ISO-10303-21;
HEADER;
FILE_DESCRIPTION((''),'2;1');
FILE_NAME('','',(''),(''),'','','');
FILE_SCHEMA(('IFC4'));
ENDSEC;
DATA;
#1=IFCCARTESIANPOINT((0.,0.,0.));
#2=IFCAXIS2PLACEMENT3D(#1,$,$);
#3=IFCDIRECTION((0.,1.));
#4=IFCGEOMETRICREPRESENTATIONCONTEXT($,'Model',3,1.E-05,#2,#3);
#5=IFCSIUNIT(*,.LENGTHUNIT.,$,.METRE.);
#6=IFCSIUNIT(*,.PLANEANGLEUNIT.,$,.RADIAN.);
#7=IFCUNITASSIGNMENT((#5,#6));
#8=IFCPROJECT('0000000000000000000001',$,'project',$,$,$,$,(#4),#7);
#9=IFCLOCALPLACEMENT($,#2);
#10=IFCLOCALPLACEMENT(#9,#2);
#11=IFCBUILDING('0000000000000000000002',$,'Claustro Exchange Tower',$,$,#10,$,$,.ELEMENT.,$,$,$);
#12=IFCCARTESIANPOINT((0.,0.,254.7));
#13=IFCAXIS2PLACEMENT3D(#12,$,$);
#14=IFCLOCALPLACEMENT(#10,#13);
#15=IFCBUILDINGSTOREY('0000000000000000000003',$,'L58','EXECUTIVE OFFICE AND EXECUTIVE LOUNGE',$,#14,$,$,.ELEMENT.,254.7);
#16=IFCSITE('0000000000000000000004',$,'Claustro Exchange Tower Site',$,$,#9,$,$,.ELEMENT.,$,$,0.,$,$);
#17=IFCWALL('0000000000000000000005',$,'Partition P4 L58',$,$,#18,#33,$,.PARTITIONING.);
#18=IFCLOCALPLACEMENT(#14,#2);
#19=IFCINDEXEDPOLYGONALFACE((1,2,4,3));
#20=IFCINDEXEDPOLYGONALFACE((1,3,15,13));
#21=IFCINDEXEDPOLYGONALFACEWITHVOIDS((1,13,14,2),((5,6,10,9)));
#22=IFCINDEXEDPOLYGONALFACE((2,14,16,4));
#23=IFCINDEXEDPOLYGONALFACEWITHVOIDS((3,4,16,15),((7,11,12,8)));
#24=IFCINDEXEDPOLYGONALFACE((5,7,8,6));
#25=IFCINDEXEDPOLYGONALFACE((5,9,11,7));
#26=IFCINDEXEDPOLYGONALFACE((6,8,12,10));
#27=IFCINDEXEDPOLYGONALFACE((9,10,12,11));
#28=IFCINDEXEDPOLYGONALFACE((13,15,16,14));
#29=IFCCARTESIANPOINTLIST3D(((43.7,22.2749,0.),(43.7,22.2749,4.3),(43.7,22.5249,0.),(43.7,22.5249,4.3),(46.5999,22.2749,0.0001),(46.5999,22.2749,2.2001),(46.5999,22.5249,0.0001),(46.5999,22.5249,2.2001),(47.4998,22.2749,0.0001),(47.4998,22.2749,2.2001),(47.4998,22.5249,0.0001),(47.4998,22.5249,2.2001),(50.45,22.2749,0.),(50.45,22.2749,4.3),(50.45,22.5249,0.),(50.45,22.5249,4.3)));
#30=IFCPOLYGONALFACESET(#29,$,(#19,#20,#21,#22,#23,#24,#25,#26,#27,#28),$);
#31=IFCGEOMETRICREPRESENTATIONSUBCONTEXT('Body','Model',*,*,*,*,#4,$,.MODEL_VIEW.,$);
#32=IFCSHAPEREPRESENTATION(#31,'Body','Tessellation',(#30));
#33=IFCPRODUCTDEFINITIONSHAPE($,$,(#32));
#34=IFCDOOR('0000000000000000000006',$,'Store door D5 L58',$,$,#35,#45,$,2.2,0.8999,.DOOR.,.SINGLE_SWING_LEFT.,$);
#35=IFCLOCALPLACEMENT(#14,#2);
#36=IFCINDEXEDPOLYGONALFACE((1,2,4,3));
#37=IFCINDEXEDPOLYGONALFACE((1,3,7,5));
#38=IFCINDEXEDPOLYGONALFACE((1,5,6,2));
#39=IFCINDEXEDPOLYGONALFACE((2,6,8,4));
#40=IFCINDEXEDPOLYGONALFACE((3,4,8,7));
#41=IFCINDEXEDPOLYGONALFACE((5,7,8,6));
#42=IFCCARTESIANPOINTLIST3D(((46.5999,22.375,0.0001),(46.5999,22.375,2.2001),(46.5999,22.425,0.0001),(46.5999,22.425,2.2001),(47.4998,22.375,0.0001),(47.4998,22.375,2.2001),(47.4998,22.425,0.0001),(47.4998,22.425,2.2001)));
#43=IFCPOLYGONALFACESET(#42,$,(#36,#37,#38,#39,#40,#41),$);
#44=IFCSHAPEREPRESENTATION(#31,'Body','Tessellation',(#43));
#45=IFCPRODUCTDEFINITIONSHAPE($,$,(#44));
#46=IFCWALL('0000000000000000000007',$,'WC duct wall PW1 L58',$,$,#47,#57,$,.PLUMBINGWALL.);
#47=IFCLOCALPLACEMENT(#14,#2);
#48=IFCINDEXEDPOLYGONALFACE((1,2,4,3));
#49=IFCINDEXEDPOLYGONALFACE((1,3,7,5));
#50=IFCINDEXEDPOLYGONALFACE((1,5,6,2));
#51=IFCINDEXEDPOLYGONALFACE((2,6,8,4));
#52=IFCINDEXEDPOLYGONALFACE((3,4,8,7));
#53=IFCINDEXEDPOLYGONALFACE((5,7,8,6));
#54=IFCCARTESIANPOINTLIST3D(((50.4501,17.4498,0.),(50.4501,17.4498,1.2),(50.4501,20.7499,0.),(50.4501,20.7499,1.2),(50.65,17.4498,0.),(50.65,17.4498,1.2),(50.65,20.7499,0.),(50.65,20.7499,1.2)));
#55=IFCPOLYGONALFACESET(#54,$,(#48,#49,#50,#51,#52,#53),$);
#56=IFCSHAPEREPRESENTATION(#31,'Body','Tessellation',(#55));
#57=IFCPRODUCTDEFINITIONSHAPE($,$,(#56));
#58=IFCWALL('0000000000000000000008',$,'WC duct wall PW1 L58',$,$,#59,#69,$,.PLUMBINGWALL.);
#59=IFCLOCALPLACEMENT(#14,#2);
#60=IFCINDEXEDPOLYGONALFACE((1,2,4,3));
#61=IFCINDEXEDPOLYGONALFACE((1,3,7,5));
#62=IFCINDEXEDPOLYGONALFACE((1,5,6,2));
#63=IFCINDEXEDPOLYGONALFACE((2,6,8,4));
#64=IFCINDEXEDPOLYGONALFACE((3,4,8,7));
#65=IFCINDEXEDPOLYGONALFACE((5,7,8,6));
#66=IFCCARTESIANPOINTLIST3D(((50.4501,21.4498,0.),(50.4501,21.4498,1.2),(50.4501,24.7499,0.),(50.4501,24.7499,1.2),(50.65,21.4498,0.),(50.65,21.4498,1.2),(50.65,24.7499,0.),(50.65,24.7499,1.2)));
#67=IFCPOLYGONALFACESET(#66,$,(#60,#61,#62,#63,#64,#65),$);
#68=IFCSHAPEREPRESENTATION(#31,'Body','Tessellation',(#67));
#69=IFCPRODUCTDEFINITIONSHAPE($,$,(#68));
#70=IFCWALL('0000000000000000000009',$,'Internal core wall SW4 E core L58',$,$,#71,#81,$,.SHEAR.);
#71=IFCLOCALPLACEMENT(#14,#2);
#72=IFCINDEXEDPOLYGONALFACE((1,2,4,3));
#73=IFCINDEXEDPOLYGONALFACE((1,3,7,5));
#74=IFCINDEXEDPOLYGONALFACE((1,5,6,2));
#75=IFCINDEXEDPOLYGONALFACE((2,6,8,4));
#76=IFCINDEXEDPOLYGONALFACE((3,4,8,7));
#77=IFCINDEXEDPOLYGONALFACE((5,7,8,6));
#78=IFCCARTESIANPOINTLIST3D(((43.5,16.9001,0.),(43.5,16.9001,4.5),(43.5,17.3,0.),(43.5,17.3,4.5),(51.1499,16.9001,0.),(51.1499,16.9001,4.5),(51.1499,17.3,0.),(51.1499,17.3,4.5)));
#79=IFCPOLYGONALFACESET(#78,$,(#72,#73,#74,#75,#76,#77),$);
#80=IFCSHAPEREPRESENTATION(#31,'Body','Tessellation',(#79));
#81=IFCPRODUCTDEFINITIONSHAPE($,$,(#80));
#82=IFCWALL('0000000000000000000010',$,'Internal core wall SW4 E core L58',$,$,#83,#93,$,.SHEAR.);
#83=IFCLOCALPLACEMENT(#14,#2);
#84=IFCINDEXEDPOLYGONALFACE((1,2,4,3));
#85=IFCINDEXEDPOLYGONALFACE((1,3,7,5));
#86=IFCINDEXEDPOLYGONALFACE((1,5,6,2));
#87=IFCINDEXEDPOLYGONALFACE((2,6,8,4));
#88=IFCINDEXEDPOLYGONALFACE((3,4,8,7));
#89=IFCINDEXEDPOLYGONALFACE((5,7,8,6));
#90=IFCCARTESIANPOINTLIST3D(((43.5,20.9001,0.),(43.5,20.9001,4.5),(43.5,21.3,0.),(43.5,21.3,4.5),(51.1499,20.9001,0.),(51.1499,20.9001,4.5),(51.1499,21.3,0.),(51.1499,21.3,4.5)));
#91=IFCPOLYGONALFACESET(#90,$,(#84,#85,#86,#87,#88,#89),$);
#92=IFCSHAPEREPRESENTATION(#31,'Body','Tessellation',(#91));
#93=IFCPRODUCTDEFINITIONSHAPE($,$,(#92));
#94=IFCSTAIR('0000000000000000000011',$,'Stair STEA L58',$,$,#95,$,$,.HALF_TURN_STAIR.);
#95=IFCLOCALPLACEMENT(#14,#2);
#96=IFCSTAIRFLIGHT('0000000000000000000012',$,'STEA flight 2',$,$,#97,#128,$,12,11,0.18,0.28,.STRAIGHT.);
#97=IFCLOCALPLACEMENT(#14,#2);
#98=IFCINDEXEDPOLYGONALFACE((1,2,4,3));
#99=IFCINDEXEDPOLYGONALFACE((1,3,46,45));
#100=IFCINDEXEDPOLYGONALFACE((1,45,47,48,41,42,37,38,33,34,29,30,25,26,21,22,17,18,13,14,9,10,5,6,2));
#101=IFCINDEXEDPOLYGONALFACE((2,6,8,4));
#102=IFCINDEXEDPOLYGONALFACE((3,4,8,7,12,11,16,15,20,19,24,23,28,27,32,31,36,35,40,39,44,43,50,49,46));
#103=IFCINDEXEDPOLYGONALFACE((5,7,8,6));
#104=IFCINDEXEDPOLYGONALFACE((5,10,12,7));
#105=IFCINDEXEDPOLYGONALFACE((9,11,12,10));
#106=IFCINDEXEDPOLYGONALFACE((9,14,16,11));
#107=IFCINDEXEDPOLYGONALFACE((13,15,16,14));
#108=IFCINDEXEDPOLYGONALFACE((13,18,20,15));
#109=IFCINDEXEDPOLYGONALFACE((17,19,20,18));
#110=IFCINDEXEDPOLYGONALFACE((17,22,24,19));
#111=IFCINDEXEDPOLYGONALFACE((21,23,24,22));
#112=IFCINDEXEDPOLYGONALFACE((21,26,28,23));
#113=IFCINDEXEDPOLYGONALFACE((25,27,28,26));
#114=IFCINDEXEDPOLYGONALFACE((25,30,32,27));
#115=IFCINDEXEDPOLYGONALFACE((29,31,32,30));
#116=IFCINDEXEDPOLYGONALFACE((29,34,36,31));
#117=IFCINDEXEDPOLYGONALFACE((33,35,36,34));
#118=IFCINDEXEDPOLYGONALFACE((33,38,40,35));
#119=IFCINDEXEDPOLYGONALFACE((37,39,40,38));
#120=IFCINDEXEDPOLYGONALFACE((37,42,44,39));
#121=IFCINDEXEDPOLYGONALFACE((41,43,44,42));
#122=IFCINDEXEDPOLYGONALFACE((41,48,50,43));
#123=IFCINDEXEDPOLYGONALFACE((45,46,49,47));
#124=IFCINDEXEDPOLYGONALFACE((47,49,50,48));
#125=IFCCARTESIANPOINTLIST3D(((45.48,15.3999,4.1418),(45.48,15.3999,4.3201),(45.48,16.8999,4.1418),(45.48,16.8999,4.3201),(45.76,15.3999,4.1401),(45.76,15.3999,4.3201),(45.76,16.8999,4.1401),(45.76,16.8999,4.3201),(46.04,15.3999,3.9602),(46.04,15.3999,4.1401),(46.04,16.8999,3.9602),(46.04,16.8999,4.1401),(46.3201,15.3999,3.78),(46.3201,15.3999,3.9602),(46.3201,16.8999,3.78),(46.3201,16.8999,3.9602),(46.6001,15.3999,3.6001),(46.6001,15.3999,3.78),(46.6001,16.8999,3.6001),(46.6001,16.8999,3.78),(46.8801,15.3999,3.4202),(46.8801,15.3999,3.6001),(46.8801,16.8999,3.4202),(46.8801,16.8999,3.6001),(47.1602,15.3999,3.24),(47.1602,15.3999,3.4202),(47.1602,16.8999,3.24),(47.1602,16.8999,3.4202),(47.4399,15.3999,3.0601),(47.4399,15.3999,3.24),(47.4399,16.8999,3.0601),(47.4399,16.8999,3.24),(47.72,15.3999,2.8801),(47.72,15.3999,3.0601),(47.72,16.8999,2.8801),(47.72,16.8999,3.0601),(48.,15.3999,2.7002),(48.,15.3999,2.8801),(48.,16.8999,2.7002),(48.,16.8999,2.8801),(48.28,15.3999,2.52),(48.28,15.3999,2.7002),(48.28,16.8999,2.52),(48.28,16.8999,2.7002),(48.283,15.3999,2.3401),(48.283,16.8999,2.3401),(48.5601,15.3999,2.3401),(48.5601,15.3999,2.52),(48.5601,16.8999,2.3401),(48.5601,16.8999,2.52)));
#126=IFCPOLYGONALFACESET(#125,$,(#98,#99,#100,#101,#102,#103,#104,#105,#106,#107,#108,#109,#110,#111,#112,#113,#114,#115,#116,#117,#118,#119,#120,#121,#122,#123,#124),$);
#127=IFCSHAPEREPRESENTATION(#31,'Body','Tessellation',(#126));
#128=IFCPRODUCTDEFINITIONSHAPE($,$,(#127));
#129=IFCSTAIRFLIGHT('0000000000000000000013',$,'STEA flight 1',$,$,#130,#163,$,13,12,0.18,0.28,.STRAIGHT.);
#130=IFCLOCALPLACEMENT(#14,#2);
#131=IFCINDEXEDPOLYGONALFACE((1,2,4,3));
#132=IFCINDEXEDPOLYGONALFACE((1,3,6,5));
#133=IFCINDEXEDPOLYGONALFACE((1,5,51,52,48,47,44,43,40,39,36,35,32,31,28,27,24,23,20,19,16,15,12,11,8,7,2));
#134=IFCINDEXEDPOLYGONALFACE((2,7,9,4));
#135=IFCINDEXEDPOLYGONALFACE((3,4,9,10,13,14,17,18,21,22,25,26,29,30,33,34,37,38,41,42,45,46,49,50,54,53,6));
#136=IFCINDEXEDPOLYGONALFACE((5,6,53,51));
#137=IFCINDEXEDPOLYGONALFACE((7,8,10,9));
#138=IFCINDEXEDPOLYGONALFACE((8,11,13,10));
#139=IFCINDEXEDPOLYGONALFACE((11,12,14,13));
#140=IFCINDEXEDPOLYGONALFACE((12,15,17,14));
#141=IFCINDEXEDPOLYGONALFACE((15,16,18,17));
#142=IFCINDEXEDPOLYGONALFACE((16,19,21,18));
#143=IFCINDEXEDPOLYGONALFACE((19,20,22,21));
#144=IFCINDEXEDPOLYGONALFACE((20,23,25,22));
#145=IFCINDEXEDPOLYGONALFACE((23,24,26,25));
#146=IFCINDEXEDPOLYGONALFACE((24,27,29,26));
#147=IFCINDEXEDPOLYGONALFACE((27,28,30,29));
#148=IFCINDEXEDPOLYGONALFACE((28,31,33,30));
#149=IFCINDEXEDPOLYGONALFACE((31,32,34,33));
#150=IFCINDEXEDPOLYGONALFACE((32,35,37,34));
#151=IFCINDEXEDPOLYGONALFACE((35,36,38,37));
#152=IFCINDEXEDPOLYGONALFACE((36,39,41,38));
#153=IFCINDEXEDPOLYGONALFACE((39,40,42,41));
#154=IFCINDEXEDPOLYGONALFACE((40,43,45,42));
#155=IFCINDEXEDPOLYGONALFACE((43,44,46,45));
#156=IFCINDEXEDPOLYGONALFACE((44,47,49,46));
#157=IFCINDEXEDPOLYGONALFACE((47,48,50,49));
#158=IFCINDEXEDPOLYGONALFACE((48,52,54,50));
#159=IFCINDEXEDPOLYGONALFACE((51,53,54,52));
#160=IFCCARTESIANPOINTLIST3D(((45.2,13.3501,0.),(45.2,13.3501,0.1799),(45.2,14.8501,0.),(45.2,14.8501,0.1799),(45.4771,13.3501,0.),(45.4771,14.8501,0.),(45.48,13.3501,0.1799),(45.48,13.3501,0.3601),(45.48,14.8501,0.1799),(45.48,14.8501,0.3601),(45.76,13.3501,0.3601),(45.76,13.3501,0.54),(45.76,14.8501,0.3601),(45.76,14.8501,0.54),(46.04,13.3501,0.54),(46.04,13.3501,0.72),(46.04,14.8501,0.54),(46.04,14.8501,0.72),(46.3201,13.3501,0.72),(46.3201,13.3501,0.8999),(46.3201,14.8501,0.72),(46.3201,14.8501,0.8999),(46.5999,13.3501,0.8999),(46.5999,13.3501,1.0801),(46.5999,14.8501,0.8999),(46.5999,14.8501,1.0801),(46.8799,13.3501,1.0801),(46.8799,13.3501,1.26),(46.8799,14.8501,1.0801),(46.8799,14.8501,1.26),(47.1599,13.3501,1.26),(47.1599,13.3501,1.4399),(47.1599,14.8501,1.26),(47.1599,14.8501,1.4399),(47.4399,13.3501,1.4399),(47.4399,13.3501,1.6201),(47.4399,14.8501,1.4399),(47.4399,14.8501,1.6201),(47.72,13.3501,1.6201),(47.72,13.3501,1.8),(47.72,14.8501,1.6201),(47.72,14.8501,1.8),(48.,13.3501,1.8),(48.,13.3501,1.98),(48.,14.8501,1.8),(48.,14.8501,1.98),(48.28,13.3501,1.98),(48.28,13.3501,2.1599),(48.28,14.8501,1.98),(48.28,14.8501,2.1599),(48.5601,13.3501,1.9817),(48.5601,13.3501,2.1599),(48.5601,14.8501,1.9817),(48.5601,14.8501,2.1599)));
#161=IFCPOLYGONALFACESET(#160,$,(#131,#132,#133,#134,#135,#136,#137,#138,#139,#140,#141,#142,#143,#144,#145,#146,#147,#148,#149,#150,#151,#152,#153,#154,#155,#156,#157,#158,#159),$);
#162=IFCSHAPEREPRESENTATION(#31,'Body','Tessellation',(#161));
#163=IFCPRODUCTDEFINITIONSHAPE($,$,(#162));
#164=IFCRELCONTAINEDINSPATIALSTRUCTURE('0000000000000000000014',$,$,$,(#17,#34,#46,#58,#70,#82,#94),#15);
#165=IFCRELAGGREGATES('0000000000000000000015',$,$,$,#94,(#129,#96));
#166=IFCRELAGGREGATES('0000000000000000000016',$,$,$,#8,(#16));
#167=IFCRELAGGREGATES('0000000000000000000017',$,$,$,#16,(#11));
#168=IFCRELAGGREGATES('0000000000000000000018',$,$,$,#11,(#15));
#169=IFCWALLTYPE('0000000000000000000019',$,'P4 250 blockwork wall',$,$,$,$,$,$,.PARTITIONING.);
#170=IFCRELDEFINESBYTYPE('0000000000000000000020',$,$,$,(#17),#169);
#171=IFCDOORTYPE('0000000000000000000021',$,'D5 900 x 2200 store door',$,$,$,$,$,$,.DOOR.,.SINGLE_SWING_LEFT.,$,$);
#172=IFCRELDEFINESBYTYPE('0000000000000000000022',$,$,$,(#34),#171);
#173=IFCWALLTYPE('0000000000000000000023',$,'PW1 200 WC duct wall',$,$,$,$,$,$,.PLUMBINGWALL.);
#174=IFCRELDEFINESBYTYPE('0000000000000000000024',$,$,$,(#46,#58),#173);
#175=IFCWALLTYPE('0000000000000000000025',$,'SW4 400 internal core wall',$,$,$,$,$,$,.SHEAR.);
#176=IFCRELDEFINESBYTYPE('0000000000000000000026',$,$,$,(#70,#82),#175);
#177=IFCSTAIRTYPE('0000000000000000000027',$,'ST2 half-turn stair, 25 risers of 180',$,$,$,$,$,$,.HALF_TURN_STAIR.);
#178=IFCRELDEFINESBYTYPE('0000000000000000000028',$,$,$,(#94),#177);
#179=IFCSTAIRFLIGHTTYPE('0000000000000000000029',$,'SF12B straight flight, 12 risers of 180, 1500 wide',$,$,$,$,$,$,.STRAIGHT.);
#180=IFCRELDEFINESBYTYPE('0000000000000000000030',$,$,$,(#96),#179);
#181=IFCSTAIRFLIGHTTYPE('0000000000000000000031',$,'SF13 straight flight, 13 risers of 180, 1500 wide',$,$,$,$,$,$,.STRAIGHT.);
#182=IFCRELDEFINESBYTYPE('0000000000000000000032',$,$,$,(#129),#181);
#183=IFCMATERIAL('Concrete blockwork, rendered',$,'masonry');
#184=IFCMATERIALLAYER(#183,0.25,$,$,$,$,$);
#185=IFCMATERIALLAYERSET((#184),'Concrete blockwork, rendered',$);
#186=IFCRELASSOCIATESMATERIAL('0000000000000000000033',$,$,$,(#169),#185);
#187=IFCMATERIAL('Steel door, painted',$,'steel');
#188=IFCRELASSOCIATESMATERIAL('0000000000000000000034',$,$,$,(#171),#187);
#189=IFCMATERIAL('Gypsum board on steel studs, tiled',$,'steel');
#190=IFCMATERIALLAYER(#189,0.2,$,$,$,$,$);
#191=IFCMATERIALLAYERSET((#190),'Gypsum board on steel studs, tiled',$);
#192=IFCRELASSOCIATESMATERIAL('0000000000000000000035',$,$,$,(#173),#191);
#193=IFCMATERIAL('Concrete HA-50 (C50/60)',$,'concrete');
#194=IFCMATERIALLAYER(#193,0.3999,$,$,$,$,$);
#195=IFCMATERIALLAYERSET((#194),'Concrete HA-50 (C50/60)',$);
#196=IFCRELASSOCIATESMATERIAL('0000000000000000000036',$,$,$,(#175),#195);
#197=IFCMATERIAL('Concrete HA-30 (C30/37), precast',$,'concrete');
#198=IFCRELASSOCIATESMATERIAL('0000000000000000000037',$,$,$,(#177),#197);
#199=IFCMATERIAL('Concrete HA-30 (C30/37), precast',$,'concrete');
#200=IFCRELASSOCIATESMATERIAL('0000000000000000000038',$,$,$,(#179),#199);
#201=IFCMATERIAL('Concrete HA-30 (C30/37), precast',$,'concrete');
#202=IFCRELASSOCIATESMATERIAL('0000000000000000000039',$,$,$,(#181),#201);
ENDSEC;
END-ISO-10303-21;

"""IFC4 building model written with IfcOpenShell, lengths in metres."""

from ifc_helpers import new_model, si_unit, direction, frame, frame_2d, origin, place, context, subcontext, project, spatial, polyline, rectangle, outline, extrude, material, layer, layer_set, type_object, element, fill, aggregate, save


model = new_model("IFC4")

# Units and contexts
model_context = context("Model", 3, precision=1e-05, world=origin(), true_north=direction((0.0, 1.0)))
body_context = subcontext(model_context, "Body", "Model", "MODEL_VIEW")
ifc_project = project(units=[si_unit("LENGTHUNIT", "METRE"), si_unit("PLANEANGLEUNIT", "RADIAN")], contexts=[model_context])

# Site, building, storey
site_placement = place(None, origin())
site = spatial("IfcSite", under=ifc_project, at=site_placement, Name="Claustro Exchange Tower Site", CompositionType="ELEMENT", RefElevation=0.0)
building_placement = place(site_placement, origin())
building = spatial("IfcBuilding", under=site, at=building_placement, Name="Claustro Exchange Tower", CompositionType="ELEMENT")
storey_placement = place(building_placement, frame((0.0, 0.0, 254.7)))
storey = spatial("IfcBuildingStorey", under=building, at=storey_placement, Name="L58", Description="EXECUTIVE OFFICE AND EXECUTIVE LOUNGE", CompositionType="ELEMENT", Elevation=254.7)

# Wall, opening, door
ifc_material_1 = material(Name="Concrete blockwork, rendered", Category="masonry")
ifc_layer_1 = layer(ifc_material_1, 0.25)
ifc_layer_set_1 = layer_set([ifc_layer_1], Name="Concrete blockwork, rendered")
wall_type_1 = type_object("IfcWallType", Name="P4 250 blockwork wall", PredefinedType="PARTITIONING", material=ifc_layer_set_1)
wall_placement = place(storey_placement, frame((43.7, 22.3999, 0.0), z_axis=(0.0, 0.0, 1.0), x_axis=(1.0, 0.0, 0.0)))
wall = element("IfcWall", 1, at=wall_placement, inside=storey, type_object=wall_type_1, Name="Partition P4 L58", PredefinedType="PARTITIONING", context=body_context, shape_type="SweptSolid", body=[
    extrude(rectangle(XDim=6.75, YDim=0.25, at=frame_2d((3.375, 0.0))), origin(), (0.0, 0.0, 1.0), 4.3),
])
opening_placement = place(wall_placement, frame((2.8999, 0.0, 0.0)))
opening = element("IfcOpeningElement", 2, at=opening_placement, cuts=wall, PredefinedType="OPENING", context=body_context, shape_type="SweptSolid", body=[
    extrude(rectangle(XDim=0.8999, YDim=2.2, at=frame_2d((0.45, 1.1001))), frame((0.0, 0.135, 0.0), z_axis=(0.0, -1.0, 0.0), x_axis=(1.0, 0.0, 0.0)), (0.0, 0.0, 1.0), 0.27),
])
ifc_material_2 = material(Name="Steel door, painted", Category="steel")
door_type = type_object("IfcDoorType", Name="D5 900 x 2200 store door", OperationType="SINGLE_SWING_LEFT", PredefinedType="DOOR", material=ifc_material_2)
door_placement = place(opening_placement, frame((0.8999, 0.0, 0.0), z_axis=(0.0, 0.0, 1.0), x_axis=(-1.0, 0.0, 0.0)))
door = element("IfcDoor", 3, at=door_placement, inside=storey, type_object=door_type, Name="Store door D5 L58", OperationType="SINGLE_SWING_LEFT", OverallHeight=2.2, OverallWidth=0.8999, PredefinedType="DOOR", context=body_context, shape_type="SweptSolid", body=[
    extrude(rectangle(XDim=0.8999, YDim=2.2, at=frame_2d((0.45, 1.1001))), frame((0.0, 0.0249, 0.0), z_axis=(0.0, -1.0, 0.0), x_axis=(1.0, 0.0, 0.0)), (0.0, 0.0, 1.0), 0.05),
])
fill(opening, door)

# Walls
ifc_material_3 = material(Name="Gypsum board on steel studs, tiled", Category="steel")
ifc_layer_2 = layer(ifc_material_3, 0.2)
ifc_layer_set_2 = layer_set([ifc_layer_2], Name="Gypsum board on steel studs, tiled")
wall_type_2 = type_object("IfcWallType", Name="PW1 200 WC duct wall", PredefinedType="PLUMBINGWALL", material=ifc_layer_set_2)
for number, where, z_axis, x_axis, name in (
    (4, (50.55, 17.45, 0.0), (0.0, 0.0, 1.0), (0.0, 1.0, 0.0), "WC duct wall PW1 L58"),
    (5, (50.55, 21.45, 0.0), (0.0, 0.0, 1.0), (0.0, 1.0, 0.0), "WC duct wall PW1 L58"),
):
    element("IfcWall", number, at=place(storey_placement, frame(where, z_axis=z_axis, x_axis=x_axis)), inside=storey, type_object=wall_type_2, Name=name, PredefinedType="PLUMBINGWALL", context=body_context, shape_type="SweptSolid", body=[
        extrude(rectangle(XDim=3.3, YDim=0.2, at=frame_2d((1.6499, 0.0))), origin(), (0.0, 0.0, 1.0), 1.2),
    ])
ifc_material_4 = material(Name="Concrete HA-50 (C50/60)", Category="concrete")
ifc_layer_3 = layer(ifc_material_4, 0.3999)
ifc_layer_set_3 = layer_set([ifc_layer_3], Name="Concrete HA-50 (C50/60)")
wall_type_3 = type_object("IfcWallType", Name="SW4 400 internal core wall", PredefinedType="SHEAR", material=ifc_layer_set_3)
for number, where, z_axis, x_axis, name in (
    (6, (51.1499, 17.1001, 0.0), (0.0, 0.0, 1.0), (-1.0, 0.0, 0.0), "Internal core wall SW4 E core L58"),
    (7, (51.1499, 21.1001, 0.0), (0.0, 0.0, 1.0), (-1.0, 0.0, 0.0), "Internal core wall SW4 E core L58"),
):
    element("IfcWall", number, at=place(storey_placement, frame(where, z_axis=z_axis, x_axis=x_axis)), inside=storey, type_object=wall_type_3, Name=name, PredefinedType="SHEAR", context=body_context, shape_type="SweptSolid", body=[
        extrude(rectangle(XDim=7.6499, YDim=0.3999, at=frame_2d((3.825, 0.0))), origin(), (0.0, 0.0, 1.0), 4.5),
    ])

# Stair, stair flights
ifc_material_5 = material(Name="Concrete HA-30 (C30/37), precast", Category="concrete")
stair_type = type_object("IfcStairType", Name="ST2 half-turn stair, 25 risers of 180", PredefinedType="HALF_TURN_STAIR", material=ifc_material_5)
stair_placement = place(storey_placement, origin())
stair = element("IfcStair", 8, at=stair_placement, inside=storey, type_object=stair_type, Name="Stair STEA L58", PredefinedType="HALF_TURN_STAIR")
ifc_material_6 = material(Name="Concrete HA-30 (C30/37), precast", Category="concrete")
stair_flight_type_1 = type_object("IfcStairFlightType", Name="SF12B straight flight, 12 risers of 180, 1500 wide", PredefinedType="STRAIGHT", material=ifc_material_6)
stair_flight_1_placement = place(storey_placement, frame((48.5601, 16.1499, 2.3401), z_axis=(0.0, 0.0, 1.0), x_axis=(-1.0, 0.0, 0.0)))
stair_flight_1 = element("IfcStairFlight", 9, at=stair_flight_1_placement, type_object=stair_flight_type_1, Name="STEA flight 2", NumberOfRisers=12, NumberOfTreads=11, PredefinedType="STRAIGHT", RiserHeight=0.18, TreadLength=0.28, context=body_context, shape_type="SweptSolid", body=[
    extrude(outline(polyline([(0.0, 0.0), (0.0, 0.1799), (0.28, 0.1799), (0.28, 0.3601), (0.5601, 0.3601), (0.5601, 0.54), (0.8401, 0.54), (0.8401, 0.72), (1.1201, 0.72), (1.1201, 0.8999), (1.3999, 0.8999), (1.3999, 1.0801), (1.6799, 1.0801), (1.6799, 1.26), (1.96, 1.26), (1.96, 1.4399), (2.24, 1.4399), (2.24, 1.6201), (2.52, 1.6201), (2.52, 1.8), (2.8, 1.8), (2.8, 1.98), (3.0801, 1.98), (3.0801, 2.1599), (3.0801, 1.8018), (0.2771, 0.0), (0.0, 0.0)])), frame((0.0, 0.75, 0.0), z_axis=(0.0, -1.0, 0.0), x_axis=(1.0, 0.0, 0.0)), (0.0, 0.0, 1.0), 1.5),
])
ifc_material_7 = material(Name="Concrete HA-30 (C30/37), precast", Category="concrete")
stair_flight_type_2 = type_object("IfcStairFlightType", Name="SF13 straight flight, 13 risers of 180, 1500 wide", PredefinedType="STRAIGHT", material=ifc_material_7)
stair_flight_2_placement = place(storey_placement, frame((45.2, 14.1001, 0.0), z_axis=(0.0, 0.0, 1.0), x_axis=(1.0, 0.0, 0.0)))
stair_flight_2 = element("IfcStairFlight", 10, at=stair_flight_2_placement, type_object=stair_flight_type_2, Name="STEA flight 1", NumberOfRisers=13, NumberOfTreads=12, PredefinedType="STRAIGHT", RiserHeight=0.18, TreadLength=0.28, context=body_context, shape_type="SweptSolid", body=[
    extrude(outline(polyline([(0.0, 0.0), (0.0, 0.1799), (0.28, 0.1799), (0.28, 0.3601), (0.5601, 0.3601), (0.5601, 0.54), (0.8401, 0.54), (0.8401, 0.72), (1.1201, 0.72), (1.1201, 0.8999), (1.3999, 0.8999), (1.3999, 1.0801), (1.6799, 1.0801), (1.6799, 1.26), (1.96, 1.26), (1.96, 1.4399), (2.24, 1.4399), (2.24, 1.6201), (2.52, 1.6201), (2.52, 1.8), (2.8, 1.8), (2.8, 1.98), (3.0801, 1.98), (3.0801, 2.1599), (3.3601, 2.1599), (3.3601, 2.3401), (3.3601, 1.9817), (0.2771, 0.0), (0.0, 0.0)])), frame((0.0, 0.75, 0.0), z_axis=(0.0, -1.0, 0.0), x_axis=(1.0, 0.0, 0.0)), (0.0, 0.0, 1.0), 1.5),
])
aggregate(stair, [stair_flight_2, stair_flight_1])

save(model, "model.ifc")
